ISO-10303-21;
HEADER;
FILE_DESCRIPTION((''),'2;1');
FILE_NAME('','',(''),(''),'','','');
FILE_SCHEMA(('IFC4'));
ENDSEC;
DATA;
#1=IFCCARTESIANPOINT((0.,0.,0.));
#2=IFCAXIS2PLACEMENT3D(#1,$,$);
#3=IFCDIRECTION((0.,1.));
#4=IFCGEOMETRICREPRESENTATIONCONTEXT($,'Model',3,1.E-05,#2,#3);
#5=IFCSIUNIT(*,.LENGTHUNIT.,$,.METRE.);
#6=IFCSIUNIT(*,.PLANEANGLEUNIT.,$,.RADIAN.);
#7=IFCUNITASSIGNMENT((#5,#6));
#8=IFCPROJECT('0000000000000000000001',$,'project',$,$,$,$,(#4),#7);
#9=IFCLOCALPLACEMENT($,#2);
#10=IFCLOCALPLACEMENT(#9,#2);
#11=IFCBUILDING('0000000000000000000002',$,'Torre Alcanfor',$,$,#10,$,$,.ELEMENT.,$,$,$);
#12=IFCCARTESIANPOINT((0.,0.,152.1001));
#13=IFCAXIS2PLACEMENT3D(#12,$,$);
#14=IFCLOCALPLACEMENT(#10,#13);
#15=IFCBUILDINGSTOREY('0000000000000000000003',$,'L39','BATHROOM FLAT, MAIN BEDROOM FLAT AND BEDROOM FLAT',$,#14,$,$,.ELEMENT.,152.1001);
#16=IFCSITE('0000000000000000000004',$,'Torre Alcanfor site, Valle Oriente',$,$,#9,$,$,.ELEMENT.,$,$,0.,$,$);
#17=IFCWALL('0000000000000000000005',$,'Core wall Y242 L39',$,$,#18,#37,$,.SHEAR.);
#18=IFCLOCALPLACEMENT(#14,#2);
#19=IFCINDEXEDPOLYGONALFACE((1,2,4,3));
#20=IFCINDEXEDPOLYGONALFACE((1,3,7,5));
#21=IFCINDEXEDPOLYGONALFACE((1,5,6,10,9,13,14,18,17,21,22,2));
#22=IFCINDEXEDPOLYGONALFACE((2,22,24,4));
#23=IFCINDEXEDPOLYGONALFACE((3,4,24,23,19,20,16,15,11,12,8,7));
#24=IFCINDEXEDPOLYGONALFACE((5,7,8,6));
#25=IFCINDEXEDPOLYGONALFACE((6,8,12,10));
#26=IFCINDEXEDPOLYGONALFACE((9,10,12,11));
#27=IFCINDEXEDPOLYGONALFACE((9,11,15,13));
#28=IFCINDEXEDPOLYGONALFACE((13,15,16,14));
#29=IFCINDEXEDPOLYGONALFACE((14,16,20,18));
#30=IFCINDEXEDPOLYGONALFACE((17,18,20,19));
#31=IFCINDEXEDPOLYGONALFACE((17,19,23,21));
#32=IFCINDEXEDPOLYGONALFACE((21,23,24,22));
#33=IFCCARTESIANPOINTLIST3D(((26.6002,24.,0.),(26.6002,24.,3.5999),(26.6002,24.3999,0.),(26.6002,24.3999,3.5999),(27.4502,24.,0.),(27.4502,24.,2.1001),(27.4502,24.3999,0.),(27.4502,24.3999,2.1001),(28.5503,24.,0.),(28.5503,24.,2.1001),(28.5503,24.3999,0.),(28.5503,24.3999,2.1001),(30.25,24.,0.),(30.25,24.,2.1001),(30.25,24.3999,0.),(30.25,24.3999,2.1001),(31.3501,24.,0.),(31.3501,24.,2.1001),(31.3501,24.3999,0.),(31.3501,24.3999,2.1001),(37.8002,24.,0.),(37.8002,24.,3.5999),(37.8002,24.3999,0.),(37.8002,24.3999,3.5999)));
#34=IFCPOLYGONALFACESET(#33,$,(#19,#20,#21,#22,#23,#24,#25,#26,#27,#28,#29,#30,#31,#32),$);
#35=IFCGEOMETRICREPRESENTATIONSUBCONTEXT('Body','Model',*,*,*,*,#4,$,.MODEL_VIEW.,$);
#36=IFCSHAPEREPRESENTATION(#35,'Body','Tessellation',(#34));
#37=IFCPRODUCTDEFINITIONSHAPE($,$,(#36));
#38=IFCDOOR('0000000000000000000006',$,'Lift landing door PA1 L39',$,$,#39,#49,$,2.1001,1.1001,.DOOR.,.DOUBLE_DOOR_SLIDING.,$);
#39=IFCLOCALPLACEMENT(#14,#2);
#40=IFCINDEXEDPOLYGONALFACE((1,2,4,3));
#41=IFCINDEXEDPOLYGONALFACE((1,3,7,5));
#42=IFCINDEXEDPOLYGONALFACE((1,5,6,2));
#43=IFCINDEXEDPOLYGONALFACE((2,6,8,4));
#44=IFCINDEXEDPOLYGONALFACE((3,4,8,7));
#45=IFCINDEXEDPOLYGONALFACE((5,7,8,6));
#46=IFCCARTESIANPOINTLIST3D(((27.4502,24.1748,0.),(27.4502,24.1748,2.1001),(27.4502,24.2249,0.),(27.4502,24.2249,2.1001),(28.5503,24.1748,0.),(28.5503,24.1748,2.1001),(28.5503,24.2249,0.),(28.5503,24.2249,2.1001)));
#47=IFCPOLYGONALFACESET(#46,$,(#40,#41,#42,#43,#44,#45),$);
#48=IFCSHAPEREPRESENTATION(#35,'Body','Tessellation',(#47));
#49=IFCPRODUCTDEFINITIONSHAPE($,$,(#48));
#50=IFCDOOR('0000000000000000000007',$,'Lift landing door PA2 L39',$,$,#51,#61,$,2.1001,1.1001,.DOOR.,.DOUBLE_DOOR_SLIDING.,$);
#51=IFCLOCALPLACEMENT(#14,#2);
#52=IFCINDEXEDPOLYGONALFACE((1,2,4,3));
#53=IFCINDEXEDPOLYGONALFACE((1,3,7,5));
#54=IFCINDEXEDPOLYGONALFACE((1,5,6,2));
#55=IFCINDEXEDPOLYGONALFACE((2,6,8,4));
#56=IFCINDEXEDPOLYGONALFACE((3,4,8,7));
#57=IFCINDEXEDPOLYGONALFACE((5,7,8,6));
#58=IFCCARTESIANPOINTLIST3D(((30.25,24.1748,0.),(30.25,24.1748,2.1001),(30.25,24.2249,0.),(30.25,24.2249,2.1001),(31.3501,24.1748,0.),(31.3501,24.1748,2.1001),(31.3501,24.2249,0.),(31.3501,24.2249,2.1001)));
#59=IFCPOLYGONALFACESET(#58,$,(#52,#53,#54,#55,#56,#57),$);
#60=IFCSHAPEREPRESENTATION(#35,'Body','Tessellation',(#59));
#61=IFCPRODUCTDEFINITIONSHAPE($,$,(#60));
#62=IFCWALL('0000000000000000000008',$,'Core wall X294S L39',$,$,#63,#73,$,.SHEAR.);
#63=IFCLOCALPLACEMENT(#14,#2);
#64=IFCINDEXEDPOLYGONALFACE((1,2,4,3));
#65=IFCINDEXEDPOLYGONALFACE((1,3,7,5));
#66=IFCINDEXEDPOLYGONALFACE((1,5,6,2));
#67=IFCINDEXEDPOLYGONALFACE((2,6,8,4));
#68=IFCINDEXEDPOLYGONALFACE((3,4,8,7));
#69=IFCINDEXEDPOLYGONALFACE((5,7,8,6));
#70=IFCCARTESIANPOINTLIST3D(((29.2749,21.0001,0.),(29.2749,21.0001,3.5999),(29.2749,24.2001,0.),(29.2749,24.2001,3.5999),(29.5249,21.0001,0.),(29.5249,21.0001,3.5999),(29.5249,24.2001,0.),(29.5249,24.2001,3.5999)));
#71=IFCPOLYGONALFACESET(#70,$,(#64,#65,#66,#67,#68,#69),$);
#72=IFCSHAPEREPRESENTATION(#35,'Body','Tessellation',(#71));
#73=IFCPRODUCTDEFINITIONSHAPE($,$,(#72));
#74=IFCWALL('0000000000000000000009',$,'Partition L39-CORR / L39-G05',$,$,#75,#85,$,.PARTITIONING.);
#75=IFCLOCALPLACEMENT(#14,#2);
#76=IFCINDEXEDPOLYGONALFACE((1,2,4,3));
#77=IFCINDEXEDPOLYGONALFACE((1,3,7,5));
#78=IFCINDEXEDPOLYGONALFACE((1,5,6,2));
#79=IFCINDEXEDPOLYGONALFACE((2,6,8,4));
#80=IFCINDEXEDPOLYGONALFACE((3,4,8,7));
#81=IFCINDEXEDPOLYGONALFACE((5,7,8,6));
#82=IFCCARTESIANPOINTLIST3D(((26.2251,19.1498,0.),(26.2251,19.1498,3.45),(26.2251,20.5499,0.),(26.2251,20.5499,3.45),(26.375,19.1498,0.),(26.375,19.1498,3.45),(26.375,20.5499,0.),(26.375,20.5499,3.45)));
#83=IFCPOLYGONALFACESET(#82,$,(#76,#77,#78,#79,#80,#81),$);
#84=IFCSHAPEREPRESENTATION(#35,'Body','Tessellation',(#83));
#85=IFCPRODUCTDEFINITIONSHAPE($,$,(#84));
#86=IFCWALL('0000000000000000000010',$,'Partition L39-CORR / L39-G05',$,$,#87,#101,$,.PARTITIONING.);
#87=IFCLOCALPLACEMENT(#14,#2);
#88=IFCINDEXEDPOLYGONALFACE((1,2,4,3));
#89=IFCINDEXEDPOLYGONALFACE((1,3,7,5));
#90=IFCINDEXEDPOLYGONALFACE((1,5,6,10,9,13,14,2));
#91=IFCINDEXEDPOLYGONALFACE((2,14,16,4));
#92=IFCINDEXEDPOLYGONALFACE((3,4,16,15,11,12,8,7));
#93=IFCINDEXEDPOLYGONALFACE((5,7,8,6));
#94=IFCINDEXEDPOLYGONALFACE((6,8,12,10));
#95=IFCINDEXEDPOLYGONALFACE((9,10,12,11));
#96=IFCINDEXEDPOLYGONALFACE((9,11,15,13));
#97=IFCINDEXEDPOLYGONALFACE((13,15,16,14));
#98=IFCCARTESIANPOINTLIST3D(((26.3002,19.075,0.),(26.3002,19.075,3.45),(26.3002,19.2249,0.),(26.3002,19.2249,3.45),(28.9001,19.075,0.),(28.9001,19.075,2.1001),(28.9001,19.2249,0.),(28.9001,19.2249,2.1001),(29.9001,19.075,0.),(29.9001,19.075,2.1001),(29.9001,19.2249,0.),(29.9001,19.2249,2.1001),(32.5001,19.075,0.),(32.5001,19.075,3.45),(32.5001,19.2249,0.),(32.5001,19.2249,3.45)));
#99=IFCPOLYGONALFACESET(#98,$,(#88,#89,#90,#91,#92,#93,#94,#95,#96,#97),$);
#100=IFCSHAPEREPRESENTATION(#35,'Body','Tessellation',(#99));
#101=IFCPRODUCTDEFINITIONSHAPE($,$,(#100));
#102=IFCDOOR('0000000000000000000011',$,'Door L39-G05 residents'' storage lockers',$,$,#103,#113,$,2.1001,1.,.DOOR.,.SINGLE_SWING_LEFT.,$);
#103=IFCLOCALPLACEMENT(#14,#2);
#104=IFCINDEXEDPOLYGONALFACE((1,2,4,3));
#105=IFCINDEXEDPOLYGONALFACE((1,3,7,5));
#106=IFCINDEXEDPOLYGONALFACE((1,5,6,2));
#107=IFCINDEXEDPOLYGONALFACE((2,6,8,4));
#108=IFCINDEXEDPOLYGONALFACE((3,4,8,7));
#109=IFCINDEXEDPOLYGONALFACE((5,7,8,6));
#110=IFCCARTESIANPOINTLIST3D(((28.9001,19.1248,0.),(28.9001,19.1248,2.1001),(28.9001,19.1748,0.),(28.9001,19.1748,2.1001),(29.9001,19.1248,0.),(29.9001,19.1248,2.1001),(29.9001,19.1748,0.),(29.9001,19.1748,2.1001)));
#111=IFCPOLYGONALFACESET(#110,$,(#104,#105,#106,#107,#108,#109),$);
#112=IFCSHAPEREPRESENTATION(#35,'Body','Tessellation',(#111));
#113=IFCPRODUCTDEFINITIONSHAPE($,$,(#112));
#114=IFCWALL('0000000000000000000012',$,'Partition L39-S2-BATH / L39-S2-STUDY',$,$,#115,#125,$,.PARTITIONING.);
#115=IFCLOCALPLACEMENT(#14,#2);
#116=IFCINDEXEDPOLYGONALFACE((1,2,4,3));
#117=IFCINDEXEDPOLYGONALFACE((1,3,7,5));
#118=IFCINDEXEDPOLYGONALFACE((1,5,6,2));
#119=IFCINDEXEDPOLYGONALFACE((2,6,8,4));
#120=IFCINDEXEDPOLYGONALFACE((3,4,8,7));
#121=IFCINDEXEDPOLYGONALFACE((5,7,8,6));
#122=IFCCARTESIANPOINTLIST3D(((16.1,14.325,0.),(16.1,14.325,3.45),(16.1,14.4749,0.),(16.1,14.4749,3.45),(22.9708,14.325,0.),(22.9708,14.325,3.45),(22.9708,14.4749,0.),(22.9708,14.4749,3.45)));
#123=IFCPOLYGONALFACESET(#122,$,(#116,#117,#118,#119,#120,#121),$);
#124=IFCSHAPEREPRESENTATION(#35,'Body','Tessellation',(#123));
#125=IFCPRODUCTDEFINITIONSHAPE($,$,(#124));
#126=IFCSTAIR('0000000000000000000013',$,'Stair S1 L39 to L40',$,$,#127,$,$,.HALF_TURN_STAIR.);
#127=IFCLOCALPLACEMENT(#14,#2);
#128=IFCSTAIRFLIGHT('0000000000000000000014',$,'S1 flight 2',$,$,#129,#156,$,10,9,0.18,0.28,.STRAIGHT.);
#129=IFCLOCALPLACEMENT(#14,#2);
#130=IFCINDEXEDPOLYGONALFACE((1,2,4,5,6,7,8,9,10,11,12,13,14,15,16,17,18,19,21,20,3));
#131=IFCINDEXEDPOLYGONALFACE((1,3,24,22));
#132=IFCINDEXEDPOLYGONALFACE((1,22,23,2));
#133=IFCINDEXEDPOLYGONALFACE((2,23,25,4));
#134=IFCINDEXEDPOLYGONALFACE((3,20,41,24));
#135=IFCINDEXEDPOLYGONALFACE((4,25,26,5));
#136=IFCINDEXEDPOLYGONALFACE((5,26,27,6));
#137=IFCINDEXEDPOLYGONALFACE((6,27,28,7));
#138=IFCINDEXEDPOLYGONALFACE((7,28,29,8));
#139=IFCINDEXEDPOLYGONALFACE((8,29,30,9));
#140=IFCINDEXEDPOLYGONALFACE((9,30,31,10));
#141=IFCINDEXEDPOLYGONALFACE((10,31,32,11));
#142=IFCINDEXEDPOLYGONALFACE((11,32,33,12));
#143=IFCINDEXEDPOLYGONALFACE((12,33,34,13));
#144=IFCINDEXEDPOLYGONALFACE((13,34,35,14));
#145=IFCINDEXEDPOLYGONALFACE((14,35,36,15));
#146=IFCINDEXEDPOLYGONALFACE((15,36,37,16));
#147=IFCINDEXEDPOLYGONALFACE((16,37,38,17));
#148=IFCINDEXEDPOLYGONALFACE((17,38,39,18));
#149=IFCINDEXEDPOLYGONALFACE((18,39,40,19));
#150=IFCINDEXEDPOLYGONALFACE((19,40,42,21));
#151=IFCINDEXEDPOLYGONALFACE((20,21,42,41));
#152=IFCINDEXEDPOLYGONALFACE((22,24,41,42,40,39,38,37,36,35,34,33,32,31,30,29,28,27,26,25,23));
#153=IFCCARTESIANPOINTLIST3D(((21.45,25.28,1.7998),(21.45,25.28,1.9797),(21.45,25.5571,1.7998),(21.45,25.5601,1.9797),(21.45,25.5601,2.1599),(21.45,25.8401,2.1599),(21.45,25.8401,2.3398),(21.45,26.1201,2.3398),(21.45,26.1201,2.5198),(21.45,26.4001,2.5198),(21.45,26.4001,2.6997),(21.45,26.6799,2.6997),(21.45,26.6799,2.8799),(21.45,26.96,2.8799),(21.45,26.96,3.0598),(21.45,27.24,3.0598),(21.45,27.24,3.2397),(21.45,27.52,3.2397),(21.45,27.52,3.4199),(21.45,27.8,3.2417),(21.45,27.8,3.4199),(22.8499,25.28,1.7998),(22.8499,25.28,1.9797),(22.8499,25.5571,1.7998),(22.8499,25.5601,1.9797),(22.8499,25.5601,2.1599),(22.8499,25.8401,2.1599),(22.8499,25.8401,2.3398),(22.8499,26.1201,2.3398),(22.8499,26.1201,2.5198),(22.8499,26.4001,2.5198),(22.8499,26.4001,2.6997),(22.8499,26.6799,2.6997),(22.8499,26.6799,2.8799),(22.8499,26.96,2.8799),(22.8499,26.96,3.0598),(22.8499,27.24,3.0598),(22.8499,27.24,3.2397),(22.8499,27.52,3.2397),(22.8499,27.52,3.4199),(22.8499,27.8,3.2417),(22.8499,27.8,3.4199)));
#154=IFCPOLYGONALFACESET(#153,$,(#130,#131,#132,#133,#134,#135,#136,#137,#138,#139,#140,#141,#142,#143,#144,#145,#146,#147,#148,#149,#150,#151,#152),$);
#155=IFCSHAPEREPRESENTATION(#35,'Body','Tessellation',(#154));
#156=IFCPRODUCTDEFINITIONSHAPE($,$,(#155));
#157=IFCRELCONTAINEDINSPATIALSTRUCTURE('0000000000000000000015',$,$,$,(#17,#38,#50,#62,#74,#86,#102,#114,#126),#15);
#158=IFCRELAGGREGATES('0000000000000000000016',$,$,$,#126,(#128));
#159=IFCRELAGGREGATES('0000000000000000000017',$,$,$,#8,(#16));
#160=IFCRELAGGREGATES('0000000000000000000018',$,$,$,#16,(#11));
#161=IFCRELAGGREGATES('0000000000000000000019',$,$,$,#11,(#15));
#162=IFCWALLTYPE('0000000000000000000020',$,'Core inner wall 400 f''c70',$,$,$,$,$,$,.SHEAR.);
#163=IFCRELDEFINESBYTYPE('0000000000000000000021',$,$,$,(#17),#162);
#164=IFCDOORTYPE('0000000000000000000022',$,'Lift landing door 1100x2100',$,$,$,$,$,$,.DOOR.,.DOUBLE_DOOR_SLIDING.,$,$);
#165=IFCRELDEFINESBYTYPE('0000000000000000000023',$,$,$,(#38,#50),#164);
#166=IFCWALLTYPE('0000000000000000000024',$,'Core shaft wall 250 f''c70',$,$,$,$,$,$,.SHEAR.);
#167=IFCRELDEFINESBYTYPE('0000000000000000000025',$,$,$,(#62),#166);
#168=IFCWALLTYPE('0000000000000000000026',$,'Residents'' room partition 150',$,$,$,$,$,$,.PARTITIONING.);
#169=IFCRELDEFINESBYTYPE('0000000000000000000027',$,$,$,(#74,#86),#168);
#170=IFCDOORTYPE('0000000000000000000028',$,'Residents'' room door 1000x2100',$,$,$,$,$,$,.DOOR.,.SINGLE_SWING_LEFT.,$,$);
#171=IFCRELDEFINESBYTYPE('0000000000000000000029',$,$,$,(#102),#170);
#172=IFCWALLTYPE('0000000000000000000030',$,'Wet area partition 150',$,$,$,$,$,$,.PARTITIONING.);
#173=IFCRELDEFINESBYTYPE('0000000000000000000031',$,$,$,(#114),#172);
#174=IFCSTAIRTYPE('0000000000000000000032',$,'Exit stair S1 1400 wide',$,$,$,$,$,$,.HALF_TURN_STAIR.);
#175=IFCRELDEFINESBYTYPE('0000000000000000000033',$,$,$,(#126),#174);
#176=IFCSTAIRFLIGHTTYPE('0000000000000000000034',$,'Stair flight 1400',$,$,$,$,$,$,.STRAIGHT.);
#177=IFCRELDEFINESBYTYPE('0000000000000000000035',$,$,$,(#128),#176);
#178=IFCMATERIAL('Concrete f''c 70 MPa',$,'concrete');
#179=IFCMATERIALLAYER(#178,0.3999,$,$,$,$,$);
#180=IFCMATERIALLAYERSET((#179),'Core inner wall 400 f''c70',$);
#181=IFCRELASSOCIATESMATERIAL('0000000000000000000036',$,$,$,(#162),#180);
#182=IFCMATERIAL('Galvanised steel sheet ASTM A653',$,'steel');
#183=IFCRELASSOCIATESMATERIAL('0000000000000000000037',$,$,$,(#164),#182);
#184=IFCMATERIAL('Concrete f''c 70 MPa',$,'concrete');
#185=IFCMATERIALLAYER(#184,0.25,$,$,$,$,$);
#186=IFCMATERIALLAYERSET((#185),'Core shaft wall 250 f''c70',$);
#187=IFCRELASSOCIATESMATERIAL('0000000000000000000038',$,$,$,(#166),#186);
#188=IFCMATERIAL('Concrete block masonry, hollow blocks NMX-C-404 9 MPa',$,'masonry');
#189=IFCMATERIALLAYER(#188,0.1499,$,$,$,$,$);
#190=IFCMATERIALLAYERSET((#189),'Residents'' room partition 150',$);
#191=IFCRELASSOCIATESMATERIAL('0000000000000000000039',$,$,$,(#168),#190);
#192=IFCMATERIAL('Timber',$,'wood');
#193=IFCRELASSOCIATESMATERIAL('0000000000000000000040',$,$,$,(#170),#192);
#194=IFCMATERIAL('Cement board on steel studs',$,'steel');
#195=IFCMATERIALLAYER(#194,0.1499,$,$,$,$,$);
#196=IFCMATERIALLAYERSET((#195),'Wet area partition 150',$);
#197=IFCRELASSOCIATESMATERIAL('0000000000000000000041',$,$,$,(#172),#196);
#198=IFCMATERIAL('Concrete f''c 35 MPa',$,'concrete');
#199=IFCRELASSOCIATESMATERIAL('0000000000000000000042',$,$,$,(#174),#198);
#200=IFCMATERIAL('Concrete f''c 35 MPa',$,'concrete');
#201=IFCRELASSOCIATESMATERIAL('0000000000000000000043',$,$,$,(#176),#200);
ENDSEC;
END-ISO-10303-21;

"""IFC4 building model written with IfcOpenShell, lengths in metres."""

from ifc_helpers import new_model, si_unit, direction, frame, frame_2d, origin, place, context, subcontext, project, spatial, polyline, rectangle, outline, extrude, material, layer, layer_set, type_object, element, fill, aggregate, save


model = new_model("IFC4")

# Units and contexts
model_context = context("Model", 3, precision=1e-05, world=origin(), true_north=direction((0.0, 1.0)))
body_context = subcontext(model_context, "Body", "Model", "MODEL_VIEW")
ifc_project = project(units=[si_unit("LENGTHUNIT", "METRE"), si_unit("PLANEANGLEUNIT", "RADIAN")], contexts=[model_context])

# Site, building, storey
site_placement = place(None, origin())
site = spatial("IfcSite", under=ifc_project, at=site_placement, Name="Torre Alcanfor site, Valle Oriente", CompositionType="ELEMENT", RefElevation=0.0)
building_placement = place(site_placement, origin())
building = spatial("IfcBuilding", under=site, at=building_placement, Name="Torre Alcanfor", CompositionType="ELEMENT")
storey_placement = place(building_placement, frame((0.0, 0.0, 152.1001)))
storey = spatial("IfcBuildingStorey", under=building, at=storey_placement, Name="L39", Description="BATHROOM FLAT, MAIN BEDROOM FLAT AND BEDROOM FLAT", CompositionType="ELEMENT", Elevation=152.1001)

# Shared definitions
ifc_material_1 = material(Name="Concrete f'c 70 MPa", Category="concrete")
ifc_layer_1 = layer(ifc_material_1, 0.3999)
ifc_layer_set_1 = layer_set([ifc_layer_1], Name="Core inner wall 400 f'c70")
wall_type_1 = type_object("IfcWallType", Name="Core inner wall 400 f'c70", PredefinedType="SHEAR", material=ifc_layer_set_1)

# Wall, openings, doors
wall_1_placement = place(storey_placement, frame((26.6001, 24.2, 0.0), z_axis=(0.0, 0.0, 1.0), x_axis=(1.0, 0.0, 0.0)))
wall_1 = element("IfcWall", 1, at=wall_1_placement, inside=storey, type_object=wall_type_1, Name="Core wall Y242 L39", PredefinedType="SHEAR", context=body_context, shape_type="SweptSolid", body=[
    extrude(rectangle(XDim=11.2, YDim=0.3999, at=frame_2d((5.6001, 0.0))), origin(), (0.0, 0.0, 1.0), 3.5999),
])
opening_1_placement = place(wall_1_placement, frame((0.8501, 0.0, 0.0)))
opening_1 = element("IfcOpeningElement", 2, at=opening_1_placement, cuts=wall_1, PredefinedType="OPENING", context=body_context, shape_type="SweptSolid", body=[
    extrude(rectangle(XDim=1.1001, YDim=2.1001, at=frame_2d((0.55, 1.05))), frame((0.0, 0.21, 0.0), z_axis=(0.0, -1.0, 0.0), x_axis=(1.0, 0.0, 0.0)), (0.0, 0.0, 1.0), 0.4199),
])
opening_2_placement = place(wall_1_placement, frame((3.6499, 0.0, 0.0)))
opening_2 = element("IfcOpeningElement", 3, at=opening_2_placement, cuts=wall_1, PredefinedType="OPENING", context=body_context, shape_type="SweptSolid", body=[
    extrude(rectangle(XDim=1.1001, YDim=2.1001, at=frame_2d((0.55, 1.05))), frame((0.0, 0.21, 0.0), z_axis=(0.0, -1.0, 0.0), x_axis=(1.0, 0.0, 0.0)), (0.0, 0.0, 1.0), 0.4199),
])
ifc_material_2 = material(Name="Galvanised steel sheet ASTM A653", Category="steel")
door_type_1 = type_object("IfcDoorType", Name="Lift landing door 1100x2100", OperationType="DOUBLE_DOOR_SLIDING", PredefinedType="DOOR", material=ifc_material_2)
door_1_placement = place(opening_1_placement, origin())
door_1 = element("IfcDoor", 4, at=door_1_placement, inside=storey, type_object=door_type_1, Name="Lift landing door PA1 L39", OperationType="DOUBLE_DOOR_SLIDING", OverallHeight=2.1001, OverallWidth=1.1001, PredefinedType="DOOR", context=body_context, shape_type="SweptSolid", body=[
    extrude(rectangle(XDim=1.1001, YDim=2.1001, at=frame_2d((0.55, 1.05))), frame((0.0, 0.0249, 0.0), z_axis=(0.0, -1.0, 0.0), x_axis=(1.0, 0.0, 0.0)), (0.0, 0.0, 1.0), 0.05),
])
fill(opening_1, door_1)
door_2_placement = place(opening_2_placement, origin())
door_2 = element("IfcDoor", 5, at=door_2_placement, inside=storey, type_object=door_type_1, Name="Lift landing door PA2 L39", OperationType="DOUBLE_DOOR_SLIDING", OverallHeight=2.1001, OverallWidth=1.1001, PredefinedType="DOOR", context=body_context, shape_type="SweptSolid", body=[
    extrude(rectangle(XDim=1.1001, YDim=2.1001, at=frame_2d((0.55, 1.05))), frame((0.0, 0.0249, 0.0), z_axis=(0.0, -1.0, 0.0), x_axis=(1.0, 0.0, 0.0)), (0.0, 0.0, 1.0), 0.05),
])
fill(opening_2, door_2)

# Walls
ifc_material_3 = material(Name="Concrete f'c 70 MPa", Category="concrete")
ifc_layer_2 = layer(ifc_material_3, 0.25)
ifc_layer_set_2 = layer_set([ifc_layer_2], Name="Core shaft wall 250 f'c70")
wall_type_2 = type_object("IfcWallType", Name="Core shaft wall 250 f'c70", PredefinedType="SHEAR", material=ifc_layer_set_2)
wall_2_placement = place(storey_placement, frame((29.3999, 21.0, 0.0), z_axis=(0.0, 0.0, 1.0), x_axis=(0.0, 1.0, 0.0)))
element("IfcWall", 6, at=wall_2_placement, inside=storey, type_object=wall_type_2, Name="Core wall X294S L39", PredefinedType="SHEAR", context=body_context, shape_type="SweptSolid", body=[
    extrude(rectangle(XDim=3.2, YDim=0.25, at=frame_2d((1.6001, 0.0))), origin(), (0.0, 0.0, 1.0), 3.5999),
])
ifc_material_4 = material(Name="Concrete block masonry, hollow blocks NMX-C-404 9 MPa", Category="masonry")
ifc_layer_3 = layer(ifc_material_4, 0.1499)
ifc_layer_set_3 = layer_set([ifc_layer_3], Name="Residents' room partition 150")
wall_type_3 = type_object("IfcWallType", Name="Residents' room partition 150", PredefinedType="PARTITIONING", material=ifc_layer_set_3)
wall_3_placement = place(storey_placement, frame((26.3, 20.55, 0.0), z_axis=(0.0, 0.0, 1.0), x_axis=(0.0, -1.0, 0.0)))
element("IfcWall", 7, at=wall_3_placement, inside=storey, type_object=wall_type_3, Name="Partition L39-CORR / L39-G05", PredefinedType="PARTITIONING", context=body_context, shape_type="SweptSolid", body=[
    extrude(rectangle(XDim=1.4001, YDim=0.1499, at=frame_2d((0.7002, 0.0))), origin(), (0.0, 0.0, 1.0), 3.45),
])

# Wall, opening, door
wall_4_placement = place(storey_placement, frame((26.3, 19.1499, 0.0), z_axis=(0.0, 0.0, 1.0), x_axis=(1.0, 0.0, 0.0)))
wall_4 = element("IfcWall", 8, at=wall_4_placement, inside=storey, type_object=wall_type_3, Name="Partition L39-CORR / L39-G05", PredefinedType="PARTITIONING", context=body_context, shape_type="SweptSolid", body=[
    extrude(rectangle(XDim=6.2, YDim=0.1499, at=frame_2d((3.1001, 0.0))), origin(), (0.0, 0.0, 1.0), 3.45),
])
opening_3_placement = place(wall_4_placement, frame((2.6001, 0.0, 0.0)))
opening_3 = element("IfcOpeningElement", 9, at=opening_3_placement, cuts=wall_4, PredefinedType="OPENING", context=body_context, shape_type="SweptSolid", body=[
    extrude(rectangle(XDim=1.0, YDim=2.1001, at=frame_2d((0.5, 1.05))), frame((0.0, 0.085, 0.0), z_axis=(0.0, -1.0, 0.0), x_axis=(1.0, 0.0, 0.0)), (0.0, 0.0, 1.0), 0.1699),
])
ifc_material_5 = material(Name="Timber", Category="wood")
door_type_2 = type_object("IfcDoorType", Name="Residents' room door 1000x2100", OperationType="SINGLE_SWING_LEFT", PredefinedType="DOOR", material=ifc_material_5)
door_3_placement = place(opening_3_placement, origin())
door_3 = element("IfcDoor", 10, at=door_3_placement, inside=storey, type_object=door_type_2, Name="Door L39-G05 residents' storage lockers", OperationType="SINGLE_SWING_LEFT", OverallHeight=2.1001, OverallWidth=1.0, PredefinedType="DOOR", context=body_context, shape_type="SweptSolid", body=[
    extrude(rectangle(XDim=1.0, YDim=2.1001, at=frame_2d((0.5, 1.05))), frame((0.0, 0.0249, 0.0), z_axis=(0.0, -1.0, 0.0), x_axis=(1.0, 0.0, 0.0)), (0.0, 0.0, 1.0), 0.05),
])
fill(opening_3, door_3)

# Wall
ifc_material_6 = material(Name="Cement board on steel studs", Category="steel")
ifc_layer_4 = layer(ifc_material_6, 0.1499)
ifc_layer_set_4 = layer_set([ifc_layer_4], Name="Wet area partition 150")
wall_type_4 = type_object("IfcWallType", Name="Wet area partition 150", PredefinedType="PARTITIONING", material=ifc_layer_set_4)
wall_5_placement = place(storey_placement, frame((22.9709, 14.3999, 0.0), z_axis=(0.0, 0.0, 1.0), x_axis=(-1.0, 0.0, 0.0)))
element("IfcWall", 11, at=wall_5_placement, inside=storey, type_object=wall_type_4, Name="Partition L39-S2-BATH / L39-S2-STUDY", PredefinedType="PARTITIONING", context=body_context, shape_type="SweptSolid", body=[
    extrude(rectangle(XDim=6.8708, YDim=0.1499, at=frame_2d((3.4355, 0.0))), origin(), (0.0, 0.0, 1.0), 3.45),
])

# Stair, stair flight
ifc_material_7 = material(Name="Concrete f'c 35 MPa", Category="concrete")
stair_type = type_object("IfcStairType", Name="Exit stair S1 1400 wide", PredefinedType="HALF_TURN_STAIR", material=ifc_material_7)
stair_placement = place(storey_placement, origin())
stair = element("IfcStair", 12, at=stair_placement, inside=storey, type_object=stair_type, Name="Stair S1 L39 to L40", PredefinedType="HALF_TURN_STAIR")
ifc_material_8 = material(Name="Concrete f'c 35 MPa", Category="concrete")
stair_flight_type = type_object("IfcStairFlightType", Name="Stair flight 1400", PredefinedType="STRAIGHT", material=ifc_material_8)
stair_flight_placement = place(storey_placement, frame((22.1499, 25.28, 1.7998), z_axis=(0.0, 0.0, 1.0), x_axis=(0.0, 1.0, 0.0)))
stair_flight = element("IfcStairFlight", 13, at=stair_flight_placement, type_object=stair_flight_type, Name="S1 flight 2", NumberOfRisers=10, NumberOfTreads=9, PredefinedType="STRAIGHT", RiserHeight=0.18, TreadLength=0.28, context=body_context, shape_type="SweptSolid", body=[
    extrude(outline(polyline([(0.0, 0.0), (0.0, 0.1799), (0.28, 0.1799), (0.28, 0.3601), (0.5601, 0.3601), (0.5601, 0.54), (0.8401, 0.54), (0.8401, 0.72), (1.1201, 0.72), (1.1201, 0.8999), (1.3999, 0.8999), (1.3999, 1.0801), (1.6799, 1.0801), (1.6799, 1.26), (1.96, 1.26), (1.96, 1.4399), (2.24, 1.4399), (2.24, 1.6201), (2.52, 1.6201), (2.52, 1.8), (2.52, 1.4419), (0.2771, 0.0), (0.0, 0.0)])), frame((0.0, 0.7, 0.0), z_axis=(0.0, -1.0, 0.0), x_axis=(1.0, 0.0, 0.0)), (0.0, 0.0, 1.0), 1.3999),
])
aggregate(stair, [stair_flight])

save(model, "model.ifc")
